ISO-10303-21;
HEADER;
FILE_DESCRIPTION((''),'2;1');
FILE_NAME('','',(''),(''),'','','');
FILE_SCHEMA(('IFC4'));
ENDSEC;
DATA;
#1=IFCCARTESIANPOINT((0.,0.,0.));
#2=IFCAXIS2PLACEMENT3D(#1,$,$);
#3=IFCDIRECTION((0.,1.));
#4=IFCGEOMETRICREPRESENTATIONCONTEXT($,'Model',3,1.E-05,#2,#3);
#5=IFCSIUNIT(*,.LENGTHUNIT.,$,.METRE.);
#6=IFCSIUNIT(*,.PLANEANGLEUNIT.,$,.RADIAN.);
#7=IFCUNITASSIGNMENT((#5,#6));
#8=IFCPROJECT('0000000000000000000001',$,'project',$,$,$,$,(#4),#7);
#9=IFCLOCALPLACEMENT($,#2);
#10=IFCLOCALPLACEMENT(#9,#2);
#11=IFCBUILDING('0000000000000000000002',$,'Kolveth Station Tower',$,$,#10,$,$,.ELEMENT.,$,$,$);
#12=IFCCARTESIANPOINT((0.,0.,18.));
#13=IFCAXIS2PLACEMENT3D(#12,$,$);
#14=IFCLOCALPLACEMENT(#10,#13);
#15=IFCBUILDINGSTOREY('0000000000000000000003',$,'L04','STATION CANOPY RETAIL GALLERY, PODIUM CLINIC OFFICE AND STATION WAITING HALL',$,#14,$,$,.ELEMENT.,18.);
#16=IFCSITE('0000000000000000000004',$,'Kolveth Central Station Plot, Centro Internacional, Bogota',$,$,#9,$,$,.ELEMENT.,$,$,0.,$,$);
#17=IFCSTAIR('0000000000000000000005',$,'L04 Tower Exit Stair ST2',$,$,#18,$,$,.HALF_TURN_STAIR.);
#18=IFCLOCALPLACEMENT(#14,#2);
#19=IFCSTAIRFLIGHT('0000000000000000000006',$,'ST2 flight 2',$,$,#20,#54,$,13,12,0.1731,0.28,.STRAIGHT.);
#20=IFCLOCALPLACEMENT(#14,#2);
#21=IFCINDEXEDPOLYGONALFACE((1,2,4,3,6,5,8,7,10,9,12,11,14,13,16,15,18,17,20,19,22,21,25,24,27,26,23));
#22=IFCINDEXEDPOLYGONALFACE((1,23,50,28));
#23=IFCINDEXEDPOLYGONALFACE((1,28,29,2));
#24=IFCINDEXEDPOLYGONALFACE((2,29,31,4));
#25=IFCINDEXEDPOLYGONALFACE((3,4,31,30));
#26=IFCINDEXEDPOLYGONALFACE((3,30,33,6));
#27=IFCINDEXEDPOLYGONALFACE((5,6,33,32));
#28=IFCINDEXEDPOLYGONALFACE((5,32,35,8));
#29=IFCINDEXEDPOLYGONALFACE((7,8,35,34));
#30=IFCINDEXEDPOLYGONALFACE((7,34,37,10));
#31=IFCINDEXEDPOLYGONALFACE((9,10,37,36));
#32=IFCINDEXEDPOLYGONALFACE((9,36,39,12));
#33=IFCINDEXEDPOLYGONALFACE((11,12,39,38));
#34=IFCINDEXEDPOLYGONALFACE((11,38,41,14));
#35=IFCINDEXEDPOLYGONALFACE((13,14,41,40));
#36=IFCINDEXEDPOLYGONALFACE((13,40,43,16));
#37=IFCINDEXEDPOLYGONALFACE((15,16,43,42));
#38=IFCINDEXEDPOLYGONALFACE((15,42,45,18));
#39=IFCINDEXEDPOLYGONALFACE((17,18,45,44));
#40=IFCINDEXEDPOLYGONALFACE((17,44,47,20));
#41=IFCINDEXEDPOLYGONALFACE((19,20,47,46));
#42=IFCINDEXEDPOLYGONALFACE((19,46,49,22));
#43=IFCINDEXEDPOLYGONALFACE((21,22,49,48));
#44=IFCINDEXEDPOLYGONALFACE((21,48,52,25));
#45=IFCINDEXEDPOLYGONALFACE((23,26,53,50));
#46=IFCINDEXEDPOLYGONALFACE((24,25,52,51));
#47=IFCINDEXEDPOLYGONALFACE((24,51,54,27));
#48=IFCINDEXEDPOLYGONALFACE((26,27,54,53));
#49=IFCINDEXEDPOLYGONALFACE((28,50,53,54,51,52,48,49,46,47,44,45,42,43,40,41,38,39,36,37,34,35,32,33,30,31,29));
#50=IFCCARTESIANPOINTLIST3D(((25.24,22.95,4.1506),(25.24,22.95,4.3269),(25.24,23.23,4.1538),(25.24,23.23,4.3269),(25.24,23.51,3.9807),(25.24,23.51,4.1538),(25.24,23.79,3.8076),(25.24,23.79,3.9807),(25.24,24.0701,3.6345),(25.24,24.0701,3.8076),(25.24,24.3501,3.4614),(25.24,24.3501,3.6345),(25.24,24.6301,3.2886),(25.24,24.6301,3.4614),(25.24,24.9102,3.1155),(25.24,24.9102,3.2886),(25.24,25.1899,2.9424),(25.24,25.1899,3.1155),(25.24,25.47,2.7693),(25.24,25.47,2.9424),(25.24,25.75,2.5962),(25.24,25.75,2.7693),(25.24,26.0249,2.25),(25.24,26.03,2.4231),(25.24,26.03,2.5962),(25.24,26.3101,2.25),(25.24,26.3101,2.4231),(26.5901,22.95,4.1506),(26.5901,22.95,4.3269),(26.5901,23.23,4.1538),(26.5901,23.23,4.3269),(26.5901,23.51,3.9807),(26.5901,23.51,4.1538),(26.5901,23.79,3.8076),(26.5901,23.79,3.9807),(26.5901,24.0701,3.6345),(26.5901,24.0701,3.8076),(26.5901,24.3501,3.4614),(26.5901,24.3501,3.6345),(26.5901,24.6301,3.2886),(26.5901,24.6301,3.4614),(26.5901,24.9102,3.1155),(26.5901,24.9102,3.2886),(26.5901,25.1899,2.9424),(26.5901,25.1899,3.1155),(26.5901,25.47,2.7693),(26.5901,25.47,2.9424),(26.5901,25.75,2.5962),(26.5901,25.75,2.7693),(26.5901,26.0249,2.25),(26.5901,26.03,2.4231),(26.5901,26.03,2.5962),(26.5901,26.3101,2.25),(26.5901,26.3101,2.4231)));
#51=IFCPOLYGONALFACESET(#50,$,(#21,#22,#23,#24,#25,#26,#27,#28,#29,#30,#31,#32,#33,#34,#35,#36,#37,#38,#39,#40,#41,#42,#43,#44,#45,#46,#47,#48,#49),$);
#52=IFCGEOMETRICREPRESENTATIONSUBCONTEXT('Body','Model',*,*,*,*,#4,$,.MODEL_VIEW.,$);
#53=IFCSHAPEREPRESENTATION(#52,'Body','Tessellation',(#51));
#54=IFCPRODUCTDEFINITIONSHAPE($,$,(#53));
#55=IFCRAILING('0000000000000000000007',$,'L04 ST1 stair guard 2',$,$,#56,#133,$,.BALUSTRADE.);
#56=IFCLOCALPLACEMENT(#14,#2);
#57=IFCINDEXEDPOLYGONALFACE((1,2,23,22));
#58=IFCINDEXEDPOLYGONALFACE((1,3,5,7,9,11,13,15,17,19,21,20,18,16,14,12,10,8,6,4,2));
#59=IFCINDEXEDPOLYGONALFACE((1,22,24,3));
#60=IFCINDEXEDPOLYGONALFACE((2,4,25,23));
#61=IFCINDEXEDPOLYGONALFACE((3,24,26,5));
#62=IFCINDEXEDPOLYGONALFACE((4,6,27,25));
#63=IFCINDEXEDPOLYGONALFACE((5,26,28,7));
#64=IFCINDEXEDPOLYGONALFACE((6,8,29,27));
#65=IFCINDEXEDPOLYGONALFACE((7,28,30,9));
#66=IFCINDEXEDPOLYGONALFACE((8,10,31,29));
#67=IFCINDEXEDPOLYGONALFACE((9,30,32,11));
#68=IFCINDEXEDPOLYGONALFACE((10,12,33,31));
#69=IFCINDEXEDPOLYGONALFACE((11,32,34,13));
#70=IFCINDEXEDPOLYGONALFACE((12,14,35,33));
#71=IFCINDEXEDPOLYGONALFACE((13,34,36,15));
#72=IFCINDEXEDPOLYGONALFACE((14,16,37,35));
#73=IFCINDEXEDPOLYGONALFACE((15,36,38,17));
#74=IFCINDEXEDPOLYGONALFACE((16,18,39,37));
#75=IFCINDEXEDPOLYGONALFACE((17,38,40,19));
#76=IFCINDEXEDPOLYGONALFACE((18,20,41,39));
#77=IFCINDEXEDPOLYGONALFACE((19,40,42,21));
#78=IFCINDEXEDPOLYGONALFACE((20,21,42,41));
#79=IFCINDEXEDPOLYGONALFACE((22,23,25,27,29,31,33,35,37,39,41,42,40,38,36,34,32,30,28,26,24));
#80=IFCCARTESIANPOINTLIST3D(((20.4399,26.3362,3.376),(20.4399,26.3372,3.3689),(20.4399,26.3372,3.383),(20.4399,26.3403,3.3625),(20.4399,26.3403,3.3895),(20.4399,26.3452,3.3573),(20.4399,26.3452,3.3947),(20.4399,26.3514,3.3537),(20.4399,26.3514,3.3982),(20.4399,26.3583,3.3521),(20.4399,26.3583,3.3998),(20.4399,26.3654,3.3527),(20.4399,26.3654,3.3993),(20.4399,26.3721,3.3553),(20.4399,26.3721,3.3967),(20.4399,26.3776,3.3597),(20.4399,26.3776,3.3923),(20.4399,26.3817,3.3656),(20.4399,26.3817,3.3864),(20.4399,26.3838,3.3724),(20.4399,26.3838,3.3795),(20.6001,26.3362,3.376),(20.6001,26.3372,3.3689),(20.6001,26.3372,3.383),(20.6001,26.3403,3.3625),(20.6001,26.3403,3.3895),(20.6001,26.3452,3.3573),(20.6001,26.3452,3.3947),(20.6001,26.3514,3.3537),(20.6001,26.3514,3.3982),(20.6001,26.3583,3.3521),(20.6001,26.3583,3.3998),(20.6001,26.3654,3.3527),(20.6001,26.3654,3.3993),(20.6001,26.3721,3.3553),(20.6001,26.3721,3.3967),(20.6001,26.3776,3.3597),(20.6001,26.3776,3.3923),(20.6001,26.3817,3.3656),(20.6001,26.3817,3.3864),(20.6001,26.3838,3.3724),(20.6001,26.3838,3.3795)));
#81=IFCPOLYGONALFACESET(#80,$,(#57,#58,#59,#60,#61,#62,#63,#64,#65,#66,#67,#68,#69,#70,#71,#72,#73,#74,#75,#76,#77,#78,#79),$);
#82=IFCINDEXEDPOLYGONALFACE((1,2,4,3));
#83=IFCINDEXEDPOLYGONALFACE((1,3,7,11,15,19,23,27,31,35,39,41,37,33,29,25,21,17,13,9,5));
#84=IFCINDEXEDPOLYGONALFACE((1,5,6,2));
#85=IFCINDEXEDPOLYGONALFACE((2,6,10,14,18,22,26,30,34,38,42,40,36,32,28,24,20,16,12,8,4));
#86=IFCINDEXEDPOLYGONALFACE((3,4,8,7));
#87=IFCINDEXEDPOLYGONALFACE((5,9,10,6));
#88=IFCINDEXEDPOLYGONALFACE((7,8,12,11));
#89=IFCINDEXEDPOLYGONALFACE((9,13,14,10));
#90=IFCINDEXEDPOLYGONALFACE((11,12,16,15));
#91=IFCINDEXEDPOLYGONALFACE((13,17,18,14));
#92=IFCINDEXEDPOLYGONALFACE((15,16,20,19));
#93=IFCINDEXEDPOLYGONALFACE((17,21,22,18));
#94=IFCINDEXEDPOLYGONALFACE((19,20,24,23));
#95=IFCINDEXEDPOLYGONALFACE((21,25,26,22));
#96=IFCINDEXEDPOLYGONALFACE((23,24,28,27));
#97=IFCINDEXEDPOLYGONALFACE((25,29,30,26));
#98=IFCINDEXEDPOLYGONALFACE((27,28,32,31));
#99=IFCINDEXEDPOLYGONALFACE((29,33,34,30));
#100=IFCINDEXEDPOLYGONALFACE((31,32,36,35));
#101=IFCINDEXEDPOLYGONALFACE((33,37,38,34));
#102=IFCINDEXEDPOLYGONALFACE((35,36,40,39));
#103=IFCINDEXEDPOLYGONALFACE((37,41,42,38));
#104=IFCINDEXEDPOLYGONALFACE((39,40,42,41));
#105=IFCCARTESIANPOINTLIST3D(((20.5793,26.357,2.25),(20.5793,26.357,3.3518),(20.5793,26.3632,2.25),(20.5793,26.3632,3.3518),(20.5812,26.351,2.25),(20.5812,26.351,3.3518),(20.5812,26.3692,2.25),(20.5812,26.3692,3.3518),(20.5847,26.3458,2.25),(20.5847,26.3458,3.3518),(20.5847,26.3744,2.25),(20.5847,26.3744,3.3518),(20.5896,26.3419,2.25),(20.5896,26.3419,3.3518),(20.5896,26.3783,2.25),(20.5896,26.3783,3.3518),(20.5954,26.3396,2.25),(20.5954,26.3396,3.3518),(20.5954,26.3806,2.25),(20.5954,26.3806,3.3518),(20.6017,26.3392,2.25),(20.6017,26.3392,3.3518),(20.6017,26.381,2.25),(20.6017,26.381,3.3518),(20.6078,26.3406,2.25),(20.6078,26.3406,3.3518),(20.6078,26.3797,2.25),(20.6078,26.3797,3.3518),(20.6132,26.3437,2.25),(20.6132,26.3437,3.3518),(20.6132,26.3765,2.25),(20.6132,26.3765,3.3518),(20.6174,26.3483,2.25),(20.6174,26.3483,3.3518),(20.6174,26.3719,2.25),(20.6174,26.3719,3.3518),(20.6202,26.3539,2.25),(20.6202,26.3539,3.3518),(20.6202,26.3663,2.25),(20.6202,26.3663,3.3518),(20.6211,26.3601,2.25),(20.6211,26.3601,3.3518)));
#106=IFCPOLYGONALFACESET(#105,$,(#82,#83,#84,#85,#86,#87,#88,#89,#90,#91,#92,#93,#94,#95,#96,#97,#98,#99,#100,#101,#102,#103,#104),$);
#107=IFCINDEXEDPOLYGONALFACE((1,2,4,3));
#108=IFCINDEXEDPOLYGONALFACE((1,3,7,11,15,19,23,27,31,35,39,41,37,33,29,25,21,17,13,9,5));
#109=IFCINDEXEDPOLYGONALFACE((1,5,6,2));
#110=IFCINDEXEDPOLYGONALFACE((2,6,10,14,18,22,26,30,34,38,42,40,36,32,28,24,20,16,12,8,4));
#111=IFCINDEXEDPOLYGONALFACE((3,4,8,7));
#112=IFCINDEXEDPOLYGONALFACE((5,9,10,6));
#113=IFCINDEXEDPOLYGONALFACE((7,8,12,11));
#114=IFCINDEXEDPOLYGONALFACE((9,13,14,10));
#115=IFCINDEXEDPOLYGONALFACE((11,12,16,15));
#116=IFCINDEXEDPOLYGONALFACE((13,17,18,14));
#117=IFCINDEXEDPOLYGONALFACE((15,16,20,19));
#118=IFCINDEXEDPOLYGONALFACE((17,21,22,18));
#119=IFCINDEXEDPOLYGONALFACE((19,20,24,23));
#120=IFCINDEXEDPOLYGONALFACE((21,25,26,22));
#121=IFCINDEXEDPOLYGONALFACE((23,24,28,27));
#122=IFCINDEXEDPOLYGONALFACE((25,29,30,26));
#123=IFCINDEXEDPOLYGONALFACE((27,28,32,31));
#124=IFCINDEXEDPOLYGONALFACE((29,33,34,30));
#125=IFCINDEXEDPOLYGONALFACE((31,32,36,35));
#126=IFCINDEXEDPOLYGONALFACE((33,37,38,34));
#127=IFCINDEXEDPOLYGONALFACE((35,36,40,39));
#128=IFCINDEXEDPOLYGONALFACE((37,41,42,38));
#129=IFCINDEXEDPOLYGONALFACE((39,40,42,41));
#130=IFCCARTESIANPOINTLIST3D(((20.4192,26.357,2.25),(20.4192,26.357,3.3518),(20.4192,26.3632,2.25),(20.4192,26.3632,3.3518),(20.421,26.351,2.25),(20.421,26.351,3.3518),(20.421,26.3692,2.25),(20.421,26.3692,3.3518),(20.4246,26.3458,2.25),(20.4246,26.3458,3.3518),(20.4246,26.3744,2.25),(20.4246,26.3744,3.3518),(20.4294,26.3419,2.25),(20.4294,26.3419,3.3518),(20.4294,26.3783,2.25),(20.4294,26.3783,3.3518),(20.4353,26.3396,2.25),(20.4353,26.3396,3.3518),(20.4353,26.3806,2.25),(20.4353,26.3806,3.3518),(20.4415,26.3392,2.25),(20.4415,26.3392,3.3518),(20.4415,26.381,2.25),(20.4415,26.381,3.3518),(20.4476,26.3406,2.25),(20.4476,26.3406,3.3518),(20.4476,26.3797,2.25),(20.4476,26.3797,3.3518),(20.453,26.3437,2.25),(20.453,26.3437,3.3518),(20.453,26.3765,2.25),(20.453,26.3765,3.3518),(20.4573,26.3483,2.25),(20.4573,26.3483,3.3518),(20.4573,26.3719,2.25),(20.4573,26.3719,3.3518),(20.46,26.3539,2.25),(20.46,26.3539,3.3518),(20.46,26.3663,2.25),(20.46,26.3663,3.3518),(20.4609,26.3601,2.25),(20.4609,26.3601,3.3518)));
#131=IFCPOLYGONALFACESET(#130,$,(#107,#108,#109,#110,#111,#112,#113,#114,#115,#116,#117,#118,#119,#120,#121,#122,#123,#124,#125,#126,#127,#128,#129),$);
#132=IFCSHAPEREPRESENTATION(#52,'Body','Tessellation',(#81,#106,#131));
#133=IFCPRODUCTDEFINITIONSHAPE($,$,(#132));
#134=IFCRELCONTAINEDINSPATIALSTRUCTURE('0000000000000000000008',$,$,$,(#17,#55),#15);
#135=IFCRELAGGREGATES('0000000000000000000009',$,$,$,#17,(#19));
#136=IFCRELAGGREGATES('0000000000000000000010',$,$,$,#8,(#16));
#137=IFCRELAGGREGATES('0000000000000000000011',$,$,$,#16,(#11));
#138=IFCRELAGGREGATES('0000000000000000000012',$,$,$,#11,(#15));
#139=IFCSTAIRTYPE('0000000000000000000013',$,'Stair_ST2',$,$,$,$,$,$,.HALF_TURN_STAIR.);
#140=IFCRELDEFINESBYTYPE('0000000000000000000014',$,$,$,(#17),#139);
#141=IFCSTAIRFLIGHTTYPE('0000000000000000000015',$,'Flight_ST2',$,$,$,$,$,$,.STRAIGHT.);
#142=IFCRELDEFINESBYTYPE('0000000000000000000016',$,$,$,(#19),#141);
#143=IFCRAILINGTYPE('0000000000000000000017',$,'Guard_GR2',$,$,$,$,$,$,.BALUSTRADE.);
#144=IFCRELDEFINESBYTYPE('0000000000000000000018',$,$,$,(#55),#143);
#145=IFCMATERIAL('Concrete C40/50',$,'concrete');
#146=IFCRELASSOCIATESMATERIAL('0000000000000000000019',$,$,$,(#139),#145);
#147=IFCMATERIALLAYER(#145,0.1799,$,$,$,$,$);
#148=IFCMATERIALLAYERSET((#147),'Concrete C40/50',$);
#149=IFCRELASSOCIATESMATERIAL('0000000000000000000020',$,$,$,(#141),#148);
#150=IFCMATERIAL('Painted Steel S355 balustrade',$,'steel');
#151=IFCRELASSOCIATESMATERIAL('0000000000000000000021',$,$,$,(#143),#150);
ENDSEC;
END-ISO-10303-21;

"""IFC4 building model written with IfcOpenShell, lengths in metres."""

from ifc_helpers import new_model, si_unit, direction, frame, origin, origin_2d, place, context, subcontext, project, spatial, polyline, circle, outline, extrude, material, layer, layer_set, type_object, element, aggregate, save


model = new_model("IFC4")

# Units and contexts
model_context = context("Model", 3, precision=1e-05, world=origin(), true_north=direction((0.0, 1.0)))
body_context = subcontext(model_context, "Body", "Model", "MODEL_VIEW")
ifc_project = project(units=[si_unit("LENGTHUNIT", "METRE"), si_unit("PLANEANGLEUNIT", "RADIAN")], contexts=[model_context])

# Site, building, storey
site_placement = place(None, origin())
site = spatial("IfcSite", under=ifc_project, at=site_placement, Name="Kolveth Central Station Plot, Centro Internacional, Bogota", CompositionType="ELEMENT", RefElevation=0.0)
building_placement = place(site_placement, origin())
building = spatial("IfcBuilding", under=site, at=building_placement, Name="Kolveth Station Tower", CompositionType="ELEMENT")
storey_placement = place(building_placement, frame((0.0, 0.0, 18.0)))
storey = spatial("IfcBuildingStorey", under=building, at=storey_placement, Name="L04", Description="STATION CANOPY RETAIL GALLERY, PODIUM CLINIC OFFICE AND STATION WAITING HALL", CompositionType="ELEMENT", Elevation=18.0)

# Stair, stair flight
ifc_material_1 = material(Name="Concrete C40/50", Category="concrete")
stair_type_1 = type_object("IfcStairType", Name="Stair_ST2", PredefinedType="HALF_TURN_STAIR", material=ifc_material_1)
stair_1_placement = place(storey_placement, origin())
stair_1 = element("IfcStair", 1, at=stair_1_placement, inside=storey, type_object=stair_type_1, Name="L04 Tower Exit Stair ST2", PredefinedType="HALF_TURN_STAIR")
ifc_layer_1 = layer(ifc_material_1, 0.1799)
ifc_layer_set_1 = layer_set([ifc_layer_1], Name="Concrete C40/50")
stair_flight_type_1 = type_object("IfcStairFlightType", Name="Flight_ST2", PredefinedType="STRAIGHT", material=ifc_layer_set_1)
stair_flight_1_placement = place(storey_placement, frame((25.915, 26.3101, 2.25), z_axis=(0.0, 0.0, 1.0), x_axis=(0.0, -1.0, 0.0)))
stair_flight_1 = element("IfcStairFlight", 2, at=stair_flight_1_placement, type_object=stair_flight_type_1, Name="ST2 flight 2", NumberOfRisers=13, NumberOfTreads=12, PredefinedType="STRAIGHT", RiserHeight=0.1731, TreadLength=0.28, context=body_context, shape_type="SweptSolid", body=[
    extrude(outline(polyline([(0.0, 0.0), (0.0, 0.1731), (0.28, 0.1731), (0.28, 0.3462), (0.5601, 0.3462), (0.5601, 0.5193), (0.8401, 0.5193), (0.8401, 0.6924), (1.1201, 0.6924), (1.1201, 0.8655), (1.3999, 0.8655), (1.3999, 1.0386), (1.6799, 1.0386), (1.6799, 1.2114), (1.96, 1.2114), (1.96, 1.3845), (2.24, 1.3845), (2.24, 1.5576), (2.52, 1.5576), (2.52, 1.7307), (2.8, 1.7307), (2.8, 1.9038), (3.0801, 1.9038), (3.0801, 2.0769), (3.3601, 2.0769), (3.3601, 2.25), (3.3601, 1.9006), (0.2852, 0.0), (0.0, 0.0)])), frame((0.0, 0.675, 0.0), z_axis=(0.0, -1.0, 0.0), x_axis=(1.0, 0.0, 0.0)), (0.0, 0.0, 1.0), 1.3501),
])
aggregate(stair_1, [stair_flight_1])

# Railing
ifc_material_2 = material(Name="Painted Steel S355 balustrade", Category="steel")
railing_type_1 = type_object("IfcRailingType", Name="Guard_GR2", PredefinedType="BALUSTRADE", material=ifc_material_2)
railing_1_placement = place(storey_placement, frame((20.6001, 26.3601, 2.25)))
element("IfcRailing", 3, at=railing_1_placement, inside=storey, type_object=railing_type_1, Name="L04 ST1 stair guard 2", PredefinedType="BALUSTRADE", context=body_context, shape_type="SweptSolid", body=[
    extrude(circle(Radius=0.0239, at=origin_2d()), frame((0.0, 0.0, 1.126), z_axis=(-1.0, 0.0, 0.0), x_axis=(0.0, -1.0, 0.0)), (0.0, 0.0, 1.0), 0.1602),
    extrude(circle(Radius=0.021, at=origin_2d()), origin(), (0.0, 0.0, 1.0), 1.1018),
    extrude(circle(Radius=0.021, at=origin_2d()), frame((-0.1602, 0.0, 0.0)), (0.0, 0.0, 1.0), 1.1018),
])

save(model, "model.ifc")
